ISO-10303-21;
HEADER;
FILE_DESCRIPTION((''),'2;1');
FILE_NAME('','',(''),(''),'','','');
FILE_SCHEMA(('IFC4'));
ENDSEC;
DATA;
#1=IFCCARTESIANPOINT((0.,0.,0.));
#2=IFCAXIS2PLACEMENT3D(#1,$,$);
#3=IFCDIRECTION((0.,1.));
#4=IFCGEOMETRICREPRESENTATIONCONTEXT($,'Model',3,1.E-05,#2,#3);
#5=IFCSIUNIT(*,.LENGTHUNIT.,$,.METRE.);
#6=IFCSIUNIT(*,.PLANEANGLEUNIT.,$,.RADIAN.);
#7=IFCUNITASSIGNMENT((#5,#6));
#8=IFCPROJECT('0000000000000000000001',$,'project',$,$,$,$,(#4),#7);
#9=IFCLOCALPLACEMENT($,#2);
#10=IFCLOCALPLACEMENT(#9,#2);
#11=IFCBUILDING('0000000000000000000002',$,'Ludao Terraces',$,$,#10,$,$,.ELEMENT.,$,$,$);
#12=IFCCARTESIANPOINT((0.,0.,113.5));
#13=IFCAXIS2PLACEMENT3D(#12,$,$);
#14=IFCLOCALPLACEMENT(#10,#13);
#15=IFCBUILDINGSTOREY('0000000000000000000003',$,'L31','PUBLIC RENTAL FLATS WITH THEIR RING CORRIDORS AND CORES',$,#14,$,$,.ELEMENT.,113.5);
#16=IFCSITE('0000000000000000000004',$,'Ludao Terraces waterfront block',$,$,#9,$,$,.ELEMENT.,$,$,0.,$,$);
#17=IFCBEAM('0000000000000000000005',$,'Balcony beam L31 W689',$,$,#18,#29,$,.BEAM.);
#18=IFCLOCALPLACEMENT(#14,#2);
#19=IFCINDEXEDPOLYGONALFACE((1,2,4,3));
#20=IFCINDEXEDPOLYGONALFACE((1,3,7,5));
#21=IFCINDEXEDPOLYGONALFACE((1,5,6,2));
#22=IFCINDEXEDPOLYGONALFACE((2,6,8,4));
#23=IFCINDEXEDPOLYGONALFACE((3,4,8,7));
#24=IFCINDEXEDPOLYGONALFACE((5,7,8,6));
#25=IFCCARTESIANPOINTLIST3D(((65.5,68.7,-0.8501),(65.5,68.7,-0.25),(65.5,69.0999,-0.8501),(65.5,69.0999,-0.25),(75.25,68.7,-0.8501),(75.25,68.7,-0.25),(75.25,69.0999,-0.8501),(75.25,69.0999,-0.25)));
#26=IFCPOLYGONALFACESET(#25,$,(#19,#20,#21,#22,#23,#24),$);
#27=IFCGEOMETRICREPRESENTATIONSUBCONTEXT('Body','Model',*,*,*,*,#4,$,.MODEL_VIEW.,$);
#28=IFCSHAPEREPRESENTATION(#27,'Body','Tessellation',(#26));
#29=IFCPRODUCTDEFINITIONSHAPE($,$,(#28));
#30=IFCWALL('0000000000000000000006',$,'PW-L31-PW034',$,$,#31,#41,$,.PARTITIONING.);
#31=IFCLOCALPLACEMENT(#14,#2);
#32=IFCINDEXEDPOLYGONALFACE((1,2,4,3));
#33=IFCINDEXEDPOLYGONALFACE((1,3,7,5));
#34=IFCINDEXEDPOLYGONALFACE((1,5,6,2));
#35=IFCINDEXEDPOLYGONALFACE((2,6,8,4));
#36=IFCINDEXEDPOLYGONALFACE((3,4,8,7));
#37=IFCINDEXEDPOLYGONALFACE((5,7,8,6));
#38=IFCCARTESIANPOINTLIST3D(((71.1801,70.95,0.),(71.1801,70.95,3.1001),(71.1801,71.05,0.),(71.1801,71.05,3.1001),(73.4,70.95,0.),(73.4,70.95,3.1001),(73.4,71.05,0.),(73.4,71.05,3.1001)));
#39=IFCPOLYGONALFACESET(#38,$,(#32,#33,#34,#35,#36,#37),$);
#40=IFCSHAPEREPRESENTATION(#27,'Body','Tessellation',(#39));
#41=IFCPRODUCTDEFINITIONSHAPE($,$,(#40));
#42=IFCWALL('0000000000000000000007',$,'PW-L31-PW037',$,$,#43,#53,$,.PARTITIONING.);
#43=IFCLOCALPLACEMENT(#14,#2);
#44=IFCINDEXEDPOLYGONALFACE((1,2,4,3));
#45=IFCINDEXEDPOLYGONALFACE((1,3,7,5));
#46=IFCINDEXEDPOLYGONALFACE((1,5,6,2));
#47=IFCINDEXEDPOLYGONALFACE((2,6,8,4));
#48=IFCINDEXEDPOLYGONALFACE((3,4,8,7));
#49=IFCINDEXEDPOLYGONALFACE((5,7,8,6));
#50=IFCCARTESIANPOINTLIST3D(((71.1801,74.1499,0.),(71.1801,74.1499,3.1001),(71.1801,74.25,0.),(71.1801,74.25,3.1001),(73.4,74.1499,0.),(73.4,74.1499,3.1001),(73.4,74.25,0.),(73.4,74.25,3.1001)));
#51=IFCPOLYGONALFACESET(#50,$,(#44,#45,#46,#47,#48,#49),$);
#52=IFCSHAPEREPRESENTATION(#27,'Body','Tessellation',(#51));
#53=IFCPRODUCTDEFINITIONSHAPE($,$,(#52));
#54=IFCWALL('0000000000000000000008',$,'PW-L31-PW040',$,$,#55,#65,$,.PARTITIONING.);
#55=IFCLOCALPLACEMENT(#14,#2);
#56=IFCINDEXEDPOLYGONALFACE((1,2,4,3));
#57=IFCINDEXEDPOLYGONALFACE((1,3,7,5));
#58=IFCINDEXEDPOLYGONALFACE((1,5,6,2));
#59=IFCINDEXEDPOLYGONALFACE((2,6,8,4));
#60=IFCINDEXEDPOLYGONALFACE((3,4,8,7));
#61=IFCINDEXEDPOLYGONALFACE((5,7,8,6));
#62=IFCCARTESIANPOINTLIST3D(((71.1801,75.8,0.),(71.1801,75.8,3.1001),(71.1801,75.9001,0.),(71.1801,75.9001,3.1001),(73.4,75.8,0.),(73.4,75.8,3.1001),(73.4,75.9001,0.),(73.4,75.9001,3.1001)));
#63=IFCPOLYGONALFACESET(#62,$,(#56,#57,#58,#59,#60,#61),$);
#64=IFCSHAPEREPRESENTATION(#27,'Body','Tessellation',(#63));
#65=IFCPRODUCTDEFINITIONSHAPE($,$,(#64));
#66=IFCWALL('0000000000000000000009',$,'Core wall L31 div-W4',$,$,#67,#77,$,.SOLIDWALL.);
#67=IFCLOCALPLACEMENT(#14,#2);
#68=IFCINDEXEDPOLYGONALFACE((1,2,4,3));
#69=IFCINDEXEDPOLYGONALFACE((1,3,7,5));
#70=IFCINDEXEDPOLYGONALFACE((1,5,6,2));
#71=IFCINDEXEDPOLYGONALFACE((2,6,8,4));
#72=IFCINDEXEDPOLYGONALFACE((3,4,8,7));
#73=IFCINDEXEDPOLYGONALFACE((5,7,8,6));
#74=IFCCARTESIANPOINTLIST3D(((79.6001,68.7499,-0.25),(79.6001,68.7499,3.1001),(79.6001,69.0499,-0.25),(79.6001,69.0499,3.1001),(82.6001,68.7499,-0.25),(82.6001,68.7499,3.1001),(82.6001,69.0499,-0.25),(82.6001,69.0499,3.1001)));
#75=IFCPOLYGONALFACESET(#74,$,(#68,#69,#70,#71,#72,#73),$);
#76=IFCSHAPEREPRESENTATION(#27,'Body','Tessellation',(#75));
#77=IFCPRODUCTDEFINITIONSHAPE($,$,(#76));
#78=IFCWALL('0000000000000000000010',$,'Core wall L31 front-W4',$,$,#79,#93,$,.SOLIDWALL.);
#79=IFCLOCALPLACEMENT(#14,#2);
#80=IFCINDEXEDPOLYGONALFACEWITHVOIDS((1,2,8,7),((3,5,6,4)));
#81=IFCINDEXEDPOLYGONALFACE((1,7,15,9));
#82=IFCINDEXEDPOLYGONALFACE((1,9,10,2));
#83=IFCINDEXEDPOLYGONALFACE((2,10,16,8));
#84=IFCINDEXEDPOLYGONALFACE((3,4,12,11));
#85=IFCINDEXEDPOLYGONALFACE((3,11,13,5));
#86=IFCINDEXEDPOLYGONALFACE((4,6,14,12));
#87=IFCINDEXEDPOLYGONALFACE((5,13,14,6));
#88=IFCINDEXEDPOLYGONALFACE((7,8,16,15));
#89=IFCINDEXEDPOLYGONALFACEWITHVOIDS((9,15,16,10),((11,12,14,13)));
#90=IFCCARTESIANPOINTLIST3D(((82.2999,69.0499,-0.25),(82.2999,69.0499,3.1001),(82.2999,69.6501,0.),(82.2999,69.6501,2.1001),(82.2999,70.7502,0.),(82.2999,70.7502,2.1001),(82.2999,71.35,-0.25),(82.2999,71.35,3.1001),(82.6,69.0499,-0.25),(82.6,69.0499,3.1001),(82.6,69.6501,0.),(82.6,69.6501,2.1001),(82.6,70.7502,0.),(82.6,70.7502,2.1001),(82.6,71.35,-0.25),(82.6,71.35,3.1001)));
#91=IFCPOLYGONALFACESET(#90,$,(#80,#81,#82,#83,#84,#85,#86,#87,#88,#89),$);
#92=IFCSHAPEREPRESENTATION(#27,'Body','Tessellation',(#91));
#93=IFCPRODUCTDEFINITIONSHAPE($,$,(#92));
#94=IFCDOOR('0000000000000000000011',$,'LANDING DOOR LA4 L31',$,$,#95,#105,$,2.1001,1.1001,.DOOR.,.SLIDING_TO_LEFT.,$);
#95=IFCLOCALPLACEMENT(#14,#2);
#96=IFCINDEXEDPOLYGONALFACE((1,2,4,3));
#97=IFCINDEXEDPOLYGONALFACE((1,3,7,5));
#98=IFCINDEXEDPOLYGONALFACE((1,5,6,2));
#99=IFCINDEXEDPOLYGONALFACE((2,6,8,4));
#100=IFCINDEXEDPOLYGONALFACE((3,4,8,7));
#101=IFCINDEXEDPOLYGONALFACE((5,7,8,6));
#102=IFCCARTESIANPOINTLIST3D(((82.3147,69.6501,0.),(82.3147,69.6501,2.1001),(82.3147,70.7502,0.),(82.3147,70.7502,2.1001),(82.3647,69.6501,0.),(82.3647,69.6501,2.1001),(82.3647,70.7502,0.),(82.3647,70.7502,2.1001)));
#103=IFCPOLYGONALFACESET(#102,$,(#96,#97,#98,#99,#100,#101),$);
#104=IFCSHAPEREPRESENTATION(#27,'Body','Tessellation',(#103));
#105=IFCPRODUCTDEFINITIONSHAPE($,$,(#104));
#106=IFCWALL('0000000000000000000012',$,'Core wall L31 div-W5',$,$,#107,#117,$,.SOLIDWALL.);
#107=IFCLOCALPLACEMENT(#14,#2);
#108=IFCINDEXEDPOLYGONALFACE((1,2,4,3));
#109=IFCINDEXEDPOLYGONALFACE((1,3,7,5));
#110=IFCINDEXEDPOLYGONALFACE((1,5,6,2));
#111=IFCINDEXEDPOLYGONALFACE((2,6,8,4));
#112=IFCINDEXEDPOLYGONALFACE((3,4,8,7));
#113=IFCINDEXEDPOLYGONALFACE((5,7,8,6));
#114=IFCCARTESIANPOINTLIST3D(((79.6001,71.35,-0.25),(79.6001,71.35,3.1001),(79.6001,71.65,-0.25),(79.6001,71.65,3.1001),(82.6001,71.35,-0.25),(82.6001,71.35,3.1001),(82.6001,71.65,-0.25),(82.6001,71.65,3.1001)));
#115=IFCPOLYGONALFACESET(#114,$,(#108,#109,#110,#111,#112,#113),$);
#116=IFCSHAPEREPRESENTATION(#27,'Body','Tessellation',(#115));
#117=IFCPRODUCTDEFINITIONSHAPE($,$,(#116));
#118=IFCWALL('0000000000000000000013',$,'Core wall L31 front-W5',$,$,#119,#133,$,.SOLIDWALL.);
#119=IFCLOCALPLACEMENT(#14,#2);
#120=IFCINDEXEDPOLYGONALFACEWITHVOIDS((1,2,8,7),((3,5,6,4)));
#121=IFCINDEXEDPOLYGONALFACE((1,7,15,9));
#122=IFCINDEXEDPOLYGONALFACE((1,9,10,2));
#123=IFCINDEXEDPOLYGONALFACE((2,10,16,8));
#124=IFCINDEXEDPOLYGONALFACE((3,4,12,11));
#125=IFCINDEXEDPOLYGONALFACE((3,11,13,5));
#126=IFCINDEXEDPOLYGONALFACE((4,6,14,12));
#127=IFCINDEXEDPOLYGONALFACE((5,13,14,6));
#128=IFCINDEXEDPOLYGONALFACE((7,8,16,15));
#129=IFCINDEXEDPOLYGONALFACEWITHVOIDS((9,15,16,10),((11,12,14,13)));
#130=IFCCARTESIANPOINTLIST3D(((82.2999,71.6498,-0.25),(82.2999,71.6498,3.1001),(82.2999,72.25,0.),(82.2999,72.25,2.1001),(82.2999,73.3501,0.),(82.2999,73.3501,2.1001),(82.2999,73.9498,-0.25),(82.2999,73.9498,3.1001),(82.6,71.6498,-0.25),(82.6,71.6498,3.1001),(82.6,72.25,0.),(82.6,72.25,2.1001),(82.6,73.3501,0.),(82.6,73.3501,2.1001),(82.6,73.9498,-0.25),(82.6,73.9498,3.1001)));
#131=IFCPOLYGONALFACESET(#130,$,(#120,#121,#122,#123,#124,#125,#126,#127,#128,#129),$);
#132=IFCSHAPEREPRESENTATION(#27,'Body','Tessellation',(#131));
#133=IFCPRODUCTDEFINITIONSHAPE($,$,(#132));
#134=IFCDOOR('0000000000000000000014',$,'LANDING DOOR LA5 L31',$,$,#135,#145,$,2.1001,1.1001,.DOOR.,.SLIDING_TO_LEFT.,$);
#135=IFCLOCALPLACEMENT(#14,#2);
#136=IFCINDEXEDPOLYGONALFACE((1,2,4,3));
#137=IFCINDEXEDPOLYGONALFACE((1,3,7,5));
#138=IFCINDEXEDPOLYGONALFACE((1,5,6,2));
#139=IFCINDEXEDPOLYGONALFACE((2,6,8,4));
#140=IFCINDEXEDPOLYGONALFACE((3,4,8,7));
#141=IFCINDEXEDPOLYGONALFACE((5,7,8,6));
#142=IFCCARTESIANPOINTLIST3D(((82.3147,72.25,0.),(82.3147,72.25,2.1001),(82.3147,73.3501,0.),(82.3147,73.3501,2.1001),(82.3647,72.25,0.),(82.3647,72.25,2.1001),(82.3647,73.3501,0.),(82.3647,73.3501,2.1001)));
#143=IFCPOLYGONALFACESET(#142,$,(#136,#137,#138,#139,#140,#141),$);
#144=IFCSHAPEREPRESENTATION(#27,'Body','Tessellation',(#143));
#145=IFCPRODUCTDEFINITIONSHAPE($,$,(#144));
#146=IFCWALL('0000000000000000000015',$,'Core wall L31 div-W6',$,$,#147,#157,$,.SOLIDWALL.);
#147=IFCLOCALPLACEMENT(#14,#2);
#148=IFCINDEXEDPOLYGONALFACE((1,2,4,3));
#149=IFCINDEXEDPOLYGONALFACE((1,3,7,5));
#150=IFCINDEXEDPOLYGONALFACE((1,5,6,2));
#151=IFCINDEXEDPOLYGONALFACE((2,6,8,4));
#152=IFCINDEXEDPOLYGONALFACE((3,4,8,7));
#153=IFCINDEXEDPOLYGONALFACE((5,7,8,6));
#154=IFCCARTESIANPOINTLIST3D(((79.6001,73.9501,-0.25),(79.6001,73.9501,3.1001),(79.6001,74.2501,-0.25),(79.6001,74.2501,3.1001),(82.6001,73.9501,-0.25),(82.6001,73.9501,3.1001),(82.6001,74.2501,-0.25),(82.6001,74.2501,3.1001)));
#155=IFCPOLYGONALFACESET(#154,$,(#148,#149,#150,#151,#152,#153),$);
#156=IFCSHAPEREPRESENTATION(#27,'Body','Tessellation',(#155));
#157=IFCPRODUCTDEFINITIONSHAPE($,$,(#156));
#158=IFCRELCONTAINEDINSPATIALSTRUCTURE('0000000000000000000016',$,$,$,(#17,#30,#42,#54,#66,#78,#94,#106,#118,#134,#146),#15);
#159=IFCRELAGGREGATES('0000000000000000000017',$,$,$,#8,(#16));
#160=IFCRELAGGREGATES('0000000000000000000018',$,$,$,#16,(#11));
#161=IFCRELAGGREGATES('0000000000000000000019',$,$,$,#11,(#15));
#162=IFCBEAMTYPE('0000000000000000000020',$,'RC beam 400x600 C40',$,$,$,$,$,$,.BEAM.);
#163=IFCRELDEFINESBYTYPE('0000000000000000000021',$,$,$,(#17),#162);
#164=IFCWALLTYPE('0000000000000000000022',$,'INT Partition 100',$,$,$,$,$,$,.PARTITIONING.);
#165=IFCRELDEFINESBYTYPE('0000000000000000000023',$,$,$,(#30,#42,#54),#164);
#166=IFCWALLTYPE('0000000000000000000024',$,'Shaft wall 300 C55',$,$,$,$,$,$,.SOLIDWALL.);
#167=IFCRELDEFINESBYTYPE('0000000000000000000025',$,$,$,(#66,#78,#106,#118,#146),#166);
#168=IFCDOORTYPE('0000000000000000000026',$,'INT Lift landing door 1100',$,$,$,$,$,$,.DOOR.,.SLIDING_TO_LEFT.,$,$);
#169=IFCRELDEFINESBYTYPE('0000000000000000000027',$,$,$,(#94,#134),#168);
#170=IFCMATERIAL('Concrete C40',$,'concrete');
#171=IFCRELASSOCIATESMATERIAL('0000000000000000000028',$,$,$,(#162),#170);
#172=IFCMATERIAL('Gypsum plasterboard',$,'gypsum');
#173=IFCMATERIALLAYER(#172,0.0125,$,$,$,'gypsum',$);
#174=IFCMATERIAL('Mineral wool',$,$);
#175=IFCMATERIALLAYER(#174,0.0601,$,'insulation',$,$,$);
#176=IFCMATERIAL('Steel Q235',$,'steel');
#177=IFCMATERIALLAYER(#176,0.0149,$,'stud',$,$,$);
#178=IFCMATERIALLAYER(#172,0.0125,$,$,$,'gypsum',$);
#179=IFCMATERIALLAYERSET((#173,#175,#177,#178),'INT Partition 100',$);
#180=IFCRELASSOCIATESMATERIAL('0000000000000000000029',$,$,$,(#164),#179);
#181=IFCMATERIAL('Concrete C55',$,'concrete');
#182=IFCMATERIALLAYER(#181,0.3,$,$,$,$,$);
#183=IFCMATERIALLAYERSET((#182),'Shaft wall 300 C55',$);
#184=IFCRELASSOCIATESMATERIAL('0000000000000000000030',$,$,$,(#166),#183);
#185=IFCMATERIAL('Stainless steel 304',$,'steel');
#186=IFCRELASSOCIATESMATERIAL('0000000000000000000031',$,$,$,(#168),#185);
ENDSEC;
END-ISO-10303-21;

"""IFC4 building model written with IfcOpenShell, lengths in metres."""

from ifc_helpers import new_model, si_unit, direction, frame, frame_2d, origin, origin_2d, place, context, subcontext, project, spatial, rectangle, extrude, material, layer, layer_set, material_profile, profile_set, type_object, element, fill, save


model = new_model("IFC4")

# Units and contexts
model_context = context("Model", 3, precision=1e-05, world=origin(), true_north=direction((0.0, 1.0)))
body_context = subcontext(model_context, "Body", "Model", "MODEL_VIEW")
ifc_project = project(units=[si_unit("LENGTHUNIT", "METRE"), si_unit("PLANEANGLEUNIT", "RADIAN")], contexts=[model_context])

# Site, building, storey
site_placement = place(None, origin())
site = spatial("IfcSite", under=ifc_project, at=site_placement, Name="Ludao Terraces waterfront block", CompositionType="ELEMENT", RefElevation=0.0)
building_placement = place(site_placement, origin())
building = spatial("IfcBuilding", under=site, at=building_placement, Name="Ludao Terraces", CompositionType="ELEMENT")
storey_placement = place(building_placement, frame((0.0, 0.0, 113.5)))
storey = spatial("IfcBuildingStorey", under=building, at=storey_placement, Name="L31", Description="PUBLIC RENTAL FLATS WITH THEIR RING CORRIDORS AND CORES", CompositionType="ELEMENT", Elevation=113.5)

# Beam
ifc_material_1 = material(Name="Concrete C40", Category="concrete")
ifc_material_profile = material_profile(ifc_material_1, rectangle(XDim=0.3999, YDim=0.6001, at=origin_2d()), Name="400 X 600")
ifc_profile_set = profile_set([ifc_material_profile], Name="Concrete C40")
beam_type = type_object("IfcBeamType", Name="RC beam 400x600 C40", PredefinedType="BEAM", material=ifc_profile_set)
beam_placement = place(storey_placement, frame((75.25, 68.8999, -0.55), z_axis=(-1.0, 0.0, 0.0), x_axis=(0.0, -1.0, 0.0)))
element("IfcBeam", 1, at=beam_placement, inside=storey, type_object=beam_type, Name="Balcony beam L31 W689", PredefinedType="BEAM", context=body_context, shape_type="SweptSolid", body=[
    extrude(rectangle(XDim=0.3999, YDim=0.6001, at=origin_2d()), origin(), (0.0, 0.0, 1.0), 9.75),
])

# Walls
ifc_material_2 = material(Name="Gypsum plasterboard", Category="gypsum")
ifc_layer_1 = layer(ifc_material_2, 0.0125, Category="gypsum")
ifc_material_3 = material(Name="Mineral wool")
ifc_layer_2 = layer(ifc_material_3, 0.0601, Name="insulation")
ifc_material_4 = material(Name="Steel Q235", Category="steel")
ifc_layer_3 = layer(ifc_material_4, 0.0149, Name="stud")
ifc_layer_4 = layer(ifc_material_2, 0.0125, Category="gypsum")
ifc_layer_set_1 = layer_set([ifc_layer_1, ifc_layer_2, ifc_layer_3, ifc_layer_4], Name="INT Partition 100")
wall_type_1 = type_object("IfcWallType", Name="INT Partition 100", PredefinedType="PARTITIONING", material=ifc_layer_set_1)
for number, where, z_axis, x_axis, name in (
    (2, (71.1802, 71.0, 0.0), (0.0, 0.0, 1.0), (1.0, 0.0, 0.0), "PW-L31-PW034"),
    (3, (71.1802, 74.2, 0.0), (0.0, 0.0, 1.0), (1.0, 0.0, 0.0), "PW-L31-PW037"),
    (4, (71.1802, 75.8501, 0.0), (0.0, 0.0, 1.0), (1.0, 0.0, 0.0), "PW-L31-PW040"),
):
    element("IfcWall", number, at=place(storey_placement, frame(where, z_axis=z_axis, x_axis=x_axis)), inside=storey, type_object=wall_type_1, Name=name, PredefinedType="PARTITIONING", context=body_context, shape_type="SweptSolid", body=[
        extrude(rectangle(XDim=2.22, YDim=0.1001, at=frame_2d((1.1099, 0.0))), origin(), (0.0, 0.0, 1.0), 3.1001),
    ])
ifc_material_5 = material(Name="Concrete C55", Category="concrete")
ifc_layer_5 = layer(ifc_material_5, 0.3)
ifc_layer_set_2 = layer_set([ifc_layer_5], Name="Shaft wall 300 C55")
wall_type_2 = type_object("IfcWallType", Name="Shaft wall 300 C55", PredefinedType="SOLIDWALL", material=ifc_layer_set_2)
wall_1_placement = place(storey_placement, frame((79.6001, 68.8999, -0.25), z_axis=(0.0, 0.0, 1.0), x_axis=(1.0, 0.0, 0.0)))
element("IfcWall", 5, at=wall_1_placement, inside=storey, type_object=wall_type_2, Name="Core wall L31 div-W4", PredefinedType="SOLIDWALL", context=body_context, shape_type="SweptSolid", body=[
    extrude(rectangle(XDim=3.0, YDim=0.3, at=frame_2d((1.5, 0.0))), origin(), (0.0, 0.0, 1.0), 3.3501),
])

# Wall, opening, door
wall_2_placement = place(storey_placement, frame((82.45, 69.05, -0.25), z_axis=(0.0, 0.0, 1.0), x_axis=(0.0, 1.0, 0.0)))
wall_2 = element("IfcWall", 6, at=wall_2_placement, inside=storey, type_object=wall_type_2, Name="Core wall L31 front-W4", PredefinedType="SOLIDWALL", context=body_context, shape_type="SweptSolid", body=[
    extrude(rectangle(XDim=2.3, YDim=0.3, at=frame_2d((1.1499, 0.0))), origin(), (0.0, 0.0, 1.0), 3.3501),
])
opening_1_placement = place(wall_2_placement, frame((0.6001, 0.0, 0.25)))
opening_1 = element("IfcOpeningElement", 7, at=opening_1_placement, cuts=wall_2, PredefinedType="OPENING", context=body_context, shape_type="SweptSolid", body=[
    extrude(rectangle(XDim=1.1001, YDim=2.1001, at=frame_2d((0.55, 1.05))), frame((0.0, 0.1602, 0.0), z_axis=(0.0, -1.0, 0.0), x_axis=(1.0, 0.0, 0.0)), (0.0, 0.0, 1.0), 0.3201),
])
ifc_material_6 = material(Name="Stainless steel 304", Category="steel")
door_type = type_object("IfcDoorType", Name="INT Lift landing door 1100", OperationType="SLIDING_TO_LEFT", PredefinedType="DOOR", material=ifc_material_6)
door_1_placement = place(opening_1_placement, origin())
door_1 = element("IfcDoor", 8, at=door_1_placement, inside=storey, type_object=door_type, Name="LANDING DOOR LA4 L31", OperationType="SLIDING_TO_LEFT", OverallHeight=2.1001, OverallWidth=1.1001, PredefinedType="DOOR", context=body_context, shape_type="SweptSolid", body=[
    extrude(rectangle(XDim=1.1001, YDim=2.1001, at=frame_2d((0.55, 1.05))), frame((0.0, 0.1353, 0.0), z_axis=(0.0, -1.0, 0.0), x_axis=(1.0, 0.0, 0.0)), (0.0, 0.0, 1.0), 0.05),
])
fill(opening_1, door_1)

# Wall
wall_3_placement = place(storey_placement, frame((79.6001, 71.5, -0.25), z_axis=(0.0, 0.0, 1.0), x_axis=(1.0, 0.0, 0.0)))
element("IfcWall", 9, at=wall_3_placement, inside=storey, type_object=wall_type_2, Name="Core wall L31 div-W5", PredefinedType="SOLIDWALL", context=body_context, shape_type="SweptSolid", body=[
    extrude(rectangle(XDim=3.0, YDim=0.3, at=frame_2d((1.5, 0.0))), origin(), (0.0, 0.0, 1.0), 3.3501),
])

# Wall, opening, door
wall_4_placement = place(storey_placement, frame((82.45, 71.6499, -0.25), z_axis=(0.0, 0.0, 1.0), x_axis=(0.0, 1.0, 0.0)))
wall_4 = element("IfcWall", 10, at=wall_4_placement, inside=storey, type_object=wall_type_2, Name="Core wall L31 front-W5", PredefinedType="SOLIDWALL", context=body_context, shape_type="SweptSolid", body=[
    extrude(rectangle(XDim=2.3, YDim=0.3, at=frame_2d((1.1499, 0.0))), origin(), (0.0, 0.0, 1.0), 3.3501),
])
opening_2_placement = place(wall_4_placement, frame((0.6001, 0.0, 0.25)))
opening_2 = element("IfcOpeningElement", 11, at=opening_2_placement, cuts=wall_4, PredefinedType="OPENING", context=body_context, shape_type="SweptSolid", body=[
    extrude(rectangle(XDim=1.1001, YDim=2.1001, at=frame_2d((0.55, 1.05))), frame((0.0, 0.1602, 0.0), z_axis=(0.0, -1.0, 0.0), x_axis=(1.0, 0.0, 0.0)), (0.0, 0.0, 1.0), 0.3201),
])
door_2_placement = place(opening_2_placement, origin())
door_2 = element("IfcDoor", 12, at=door_2_placement, inside=storey, type_object=door_type, Name="LANDING DOOR LA5 L31", OperationType="SLIDING_TO_LEFT", OverallHeight=2.1001, OverallWidth=1.1001, PredefinedType="DOOR", context=body_context, shape_type="SweptSolid", body=[
    extrude(rectangle(XDim=1.1001, YDim=2.1001, at=frame_2d((0.55, 1.05))), frame((0.0, 0.1353, 0.0), z_axis=(0.0, -1.0, 0.0), x_axis=(1.0, 0.0, 0.0)), (0.0, 0.0, 1.0), 0.05),
])
fill(opening_2, door_2)

# Wall
wall_5_placement = place(storey_placement, frame((79.6001, 74.1001, -0.25), z_axis=(0.0, 0.0, 1.0), x_axis=(1.0, 0.0, 0.0)))
element("IfcWall", 13, at=wall_5_placement, inside=storey, type_object=wall_type_2, Name="Core wall L31 div-W6", PredefinedType="SOLIDWALL", context=body_context, shape_type="SweptSolid", body=[
    extrude(rectangle(XDim=3.0, YDim=0.3, at=frame_2d((1.5, 0.0))), origin(), (0.0, 0.0, 1.0), 3.3501),
])

save(model, "model.ifc")
